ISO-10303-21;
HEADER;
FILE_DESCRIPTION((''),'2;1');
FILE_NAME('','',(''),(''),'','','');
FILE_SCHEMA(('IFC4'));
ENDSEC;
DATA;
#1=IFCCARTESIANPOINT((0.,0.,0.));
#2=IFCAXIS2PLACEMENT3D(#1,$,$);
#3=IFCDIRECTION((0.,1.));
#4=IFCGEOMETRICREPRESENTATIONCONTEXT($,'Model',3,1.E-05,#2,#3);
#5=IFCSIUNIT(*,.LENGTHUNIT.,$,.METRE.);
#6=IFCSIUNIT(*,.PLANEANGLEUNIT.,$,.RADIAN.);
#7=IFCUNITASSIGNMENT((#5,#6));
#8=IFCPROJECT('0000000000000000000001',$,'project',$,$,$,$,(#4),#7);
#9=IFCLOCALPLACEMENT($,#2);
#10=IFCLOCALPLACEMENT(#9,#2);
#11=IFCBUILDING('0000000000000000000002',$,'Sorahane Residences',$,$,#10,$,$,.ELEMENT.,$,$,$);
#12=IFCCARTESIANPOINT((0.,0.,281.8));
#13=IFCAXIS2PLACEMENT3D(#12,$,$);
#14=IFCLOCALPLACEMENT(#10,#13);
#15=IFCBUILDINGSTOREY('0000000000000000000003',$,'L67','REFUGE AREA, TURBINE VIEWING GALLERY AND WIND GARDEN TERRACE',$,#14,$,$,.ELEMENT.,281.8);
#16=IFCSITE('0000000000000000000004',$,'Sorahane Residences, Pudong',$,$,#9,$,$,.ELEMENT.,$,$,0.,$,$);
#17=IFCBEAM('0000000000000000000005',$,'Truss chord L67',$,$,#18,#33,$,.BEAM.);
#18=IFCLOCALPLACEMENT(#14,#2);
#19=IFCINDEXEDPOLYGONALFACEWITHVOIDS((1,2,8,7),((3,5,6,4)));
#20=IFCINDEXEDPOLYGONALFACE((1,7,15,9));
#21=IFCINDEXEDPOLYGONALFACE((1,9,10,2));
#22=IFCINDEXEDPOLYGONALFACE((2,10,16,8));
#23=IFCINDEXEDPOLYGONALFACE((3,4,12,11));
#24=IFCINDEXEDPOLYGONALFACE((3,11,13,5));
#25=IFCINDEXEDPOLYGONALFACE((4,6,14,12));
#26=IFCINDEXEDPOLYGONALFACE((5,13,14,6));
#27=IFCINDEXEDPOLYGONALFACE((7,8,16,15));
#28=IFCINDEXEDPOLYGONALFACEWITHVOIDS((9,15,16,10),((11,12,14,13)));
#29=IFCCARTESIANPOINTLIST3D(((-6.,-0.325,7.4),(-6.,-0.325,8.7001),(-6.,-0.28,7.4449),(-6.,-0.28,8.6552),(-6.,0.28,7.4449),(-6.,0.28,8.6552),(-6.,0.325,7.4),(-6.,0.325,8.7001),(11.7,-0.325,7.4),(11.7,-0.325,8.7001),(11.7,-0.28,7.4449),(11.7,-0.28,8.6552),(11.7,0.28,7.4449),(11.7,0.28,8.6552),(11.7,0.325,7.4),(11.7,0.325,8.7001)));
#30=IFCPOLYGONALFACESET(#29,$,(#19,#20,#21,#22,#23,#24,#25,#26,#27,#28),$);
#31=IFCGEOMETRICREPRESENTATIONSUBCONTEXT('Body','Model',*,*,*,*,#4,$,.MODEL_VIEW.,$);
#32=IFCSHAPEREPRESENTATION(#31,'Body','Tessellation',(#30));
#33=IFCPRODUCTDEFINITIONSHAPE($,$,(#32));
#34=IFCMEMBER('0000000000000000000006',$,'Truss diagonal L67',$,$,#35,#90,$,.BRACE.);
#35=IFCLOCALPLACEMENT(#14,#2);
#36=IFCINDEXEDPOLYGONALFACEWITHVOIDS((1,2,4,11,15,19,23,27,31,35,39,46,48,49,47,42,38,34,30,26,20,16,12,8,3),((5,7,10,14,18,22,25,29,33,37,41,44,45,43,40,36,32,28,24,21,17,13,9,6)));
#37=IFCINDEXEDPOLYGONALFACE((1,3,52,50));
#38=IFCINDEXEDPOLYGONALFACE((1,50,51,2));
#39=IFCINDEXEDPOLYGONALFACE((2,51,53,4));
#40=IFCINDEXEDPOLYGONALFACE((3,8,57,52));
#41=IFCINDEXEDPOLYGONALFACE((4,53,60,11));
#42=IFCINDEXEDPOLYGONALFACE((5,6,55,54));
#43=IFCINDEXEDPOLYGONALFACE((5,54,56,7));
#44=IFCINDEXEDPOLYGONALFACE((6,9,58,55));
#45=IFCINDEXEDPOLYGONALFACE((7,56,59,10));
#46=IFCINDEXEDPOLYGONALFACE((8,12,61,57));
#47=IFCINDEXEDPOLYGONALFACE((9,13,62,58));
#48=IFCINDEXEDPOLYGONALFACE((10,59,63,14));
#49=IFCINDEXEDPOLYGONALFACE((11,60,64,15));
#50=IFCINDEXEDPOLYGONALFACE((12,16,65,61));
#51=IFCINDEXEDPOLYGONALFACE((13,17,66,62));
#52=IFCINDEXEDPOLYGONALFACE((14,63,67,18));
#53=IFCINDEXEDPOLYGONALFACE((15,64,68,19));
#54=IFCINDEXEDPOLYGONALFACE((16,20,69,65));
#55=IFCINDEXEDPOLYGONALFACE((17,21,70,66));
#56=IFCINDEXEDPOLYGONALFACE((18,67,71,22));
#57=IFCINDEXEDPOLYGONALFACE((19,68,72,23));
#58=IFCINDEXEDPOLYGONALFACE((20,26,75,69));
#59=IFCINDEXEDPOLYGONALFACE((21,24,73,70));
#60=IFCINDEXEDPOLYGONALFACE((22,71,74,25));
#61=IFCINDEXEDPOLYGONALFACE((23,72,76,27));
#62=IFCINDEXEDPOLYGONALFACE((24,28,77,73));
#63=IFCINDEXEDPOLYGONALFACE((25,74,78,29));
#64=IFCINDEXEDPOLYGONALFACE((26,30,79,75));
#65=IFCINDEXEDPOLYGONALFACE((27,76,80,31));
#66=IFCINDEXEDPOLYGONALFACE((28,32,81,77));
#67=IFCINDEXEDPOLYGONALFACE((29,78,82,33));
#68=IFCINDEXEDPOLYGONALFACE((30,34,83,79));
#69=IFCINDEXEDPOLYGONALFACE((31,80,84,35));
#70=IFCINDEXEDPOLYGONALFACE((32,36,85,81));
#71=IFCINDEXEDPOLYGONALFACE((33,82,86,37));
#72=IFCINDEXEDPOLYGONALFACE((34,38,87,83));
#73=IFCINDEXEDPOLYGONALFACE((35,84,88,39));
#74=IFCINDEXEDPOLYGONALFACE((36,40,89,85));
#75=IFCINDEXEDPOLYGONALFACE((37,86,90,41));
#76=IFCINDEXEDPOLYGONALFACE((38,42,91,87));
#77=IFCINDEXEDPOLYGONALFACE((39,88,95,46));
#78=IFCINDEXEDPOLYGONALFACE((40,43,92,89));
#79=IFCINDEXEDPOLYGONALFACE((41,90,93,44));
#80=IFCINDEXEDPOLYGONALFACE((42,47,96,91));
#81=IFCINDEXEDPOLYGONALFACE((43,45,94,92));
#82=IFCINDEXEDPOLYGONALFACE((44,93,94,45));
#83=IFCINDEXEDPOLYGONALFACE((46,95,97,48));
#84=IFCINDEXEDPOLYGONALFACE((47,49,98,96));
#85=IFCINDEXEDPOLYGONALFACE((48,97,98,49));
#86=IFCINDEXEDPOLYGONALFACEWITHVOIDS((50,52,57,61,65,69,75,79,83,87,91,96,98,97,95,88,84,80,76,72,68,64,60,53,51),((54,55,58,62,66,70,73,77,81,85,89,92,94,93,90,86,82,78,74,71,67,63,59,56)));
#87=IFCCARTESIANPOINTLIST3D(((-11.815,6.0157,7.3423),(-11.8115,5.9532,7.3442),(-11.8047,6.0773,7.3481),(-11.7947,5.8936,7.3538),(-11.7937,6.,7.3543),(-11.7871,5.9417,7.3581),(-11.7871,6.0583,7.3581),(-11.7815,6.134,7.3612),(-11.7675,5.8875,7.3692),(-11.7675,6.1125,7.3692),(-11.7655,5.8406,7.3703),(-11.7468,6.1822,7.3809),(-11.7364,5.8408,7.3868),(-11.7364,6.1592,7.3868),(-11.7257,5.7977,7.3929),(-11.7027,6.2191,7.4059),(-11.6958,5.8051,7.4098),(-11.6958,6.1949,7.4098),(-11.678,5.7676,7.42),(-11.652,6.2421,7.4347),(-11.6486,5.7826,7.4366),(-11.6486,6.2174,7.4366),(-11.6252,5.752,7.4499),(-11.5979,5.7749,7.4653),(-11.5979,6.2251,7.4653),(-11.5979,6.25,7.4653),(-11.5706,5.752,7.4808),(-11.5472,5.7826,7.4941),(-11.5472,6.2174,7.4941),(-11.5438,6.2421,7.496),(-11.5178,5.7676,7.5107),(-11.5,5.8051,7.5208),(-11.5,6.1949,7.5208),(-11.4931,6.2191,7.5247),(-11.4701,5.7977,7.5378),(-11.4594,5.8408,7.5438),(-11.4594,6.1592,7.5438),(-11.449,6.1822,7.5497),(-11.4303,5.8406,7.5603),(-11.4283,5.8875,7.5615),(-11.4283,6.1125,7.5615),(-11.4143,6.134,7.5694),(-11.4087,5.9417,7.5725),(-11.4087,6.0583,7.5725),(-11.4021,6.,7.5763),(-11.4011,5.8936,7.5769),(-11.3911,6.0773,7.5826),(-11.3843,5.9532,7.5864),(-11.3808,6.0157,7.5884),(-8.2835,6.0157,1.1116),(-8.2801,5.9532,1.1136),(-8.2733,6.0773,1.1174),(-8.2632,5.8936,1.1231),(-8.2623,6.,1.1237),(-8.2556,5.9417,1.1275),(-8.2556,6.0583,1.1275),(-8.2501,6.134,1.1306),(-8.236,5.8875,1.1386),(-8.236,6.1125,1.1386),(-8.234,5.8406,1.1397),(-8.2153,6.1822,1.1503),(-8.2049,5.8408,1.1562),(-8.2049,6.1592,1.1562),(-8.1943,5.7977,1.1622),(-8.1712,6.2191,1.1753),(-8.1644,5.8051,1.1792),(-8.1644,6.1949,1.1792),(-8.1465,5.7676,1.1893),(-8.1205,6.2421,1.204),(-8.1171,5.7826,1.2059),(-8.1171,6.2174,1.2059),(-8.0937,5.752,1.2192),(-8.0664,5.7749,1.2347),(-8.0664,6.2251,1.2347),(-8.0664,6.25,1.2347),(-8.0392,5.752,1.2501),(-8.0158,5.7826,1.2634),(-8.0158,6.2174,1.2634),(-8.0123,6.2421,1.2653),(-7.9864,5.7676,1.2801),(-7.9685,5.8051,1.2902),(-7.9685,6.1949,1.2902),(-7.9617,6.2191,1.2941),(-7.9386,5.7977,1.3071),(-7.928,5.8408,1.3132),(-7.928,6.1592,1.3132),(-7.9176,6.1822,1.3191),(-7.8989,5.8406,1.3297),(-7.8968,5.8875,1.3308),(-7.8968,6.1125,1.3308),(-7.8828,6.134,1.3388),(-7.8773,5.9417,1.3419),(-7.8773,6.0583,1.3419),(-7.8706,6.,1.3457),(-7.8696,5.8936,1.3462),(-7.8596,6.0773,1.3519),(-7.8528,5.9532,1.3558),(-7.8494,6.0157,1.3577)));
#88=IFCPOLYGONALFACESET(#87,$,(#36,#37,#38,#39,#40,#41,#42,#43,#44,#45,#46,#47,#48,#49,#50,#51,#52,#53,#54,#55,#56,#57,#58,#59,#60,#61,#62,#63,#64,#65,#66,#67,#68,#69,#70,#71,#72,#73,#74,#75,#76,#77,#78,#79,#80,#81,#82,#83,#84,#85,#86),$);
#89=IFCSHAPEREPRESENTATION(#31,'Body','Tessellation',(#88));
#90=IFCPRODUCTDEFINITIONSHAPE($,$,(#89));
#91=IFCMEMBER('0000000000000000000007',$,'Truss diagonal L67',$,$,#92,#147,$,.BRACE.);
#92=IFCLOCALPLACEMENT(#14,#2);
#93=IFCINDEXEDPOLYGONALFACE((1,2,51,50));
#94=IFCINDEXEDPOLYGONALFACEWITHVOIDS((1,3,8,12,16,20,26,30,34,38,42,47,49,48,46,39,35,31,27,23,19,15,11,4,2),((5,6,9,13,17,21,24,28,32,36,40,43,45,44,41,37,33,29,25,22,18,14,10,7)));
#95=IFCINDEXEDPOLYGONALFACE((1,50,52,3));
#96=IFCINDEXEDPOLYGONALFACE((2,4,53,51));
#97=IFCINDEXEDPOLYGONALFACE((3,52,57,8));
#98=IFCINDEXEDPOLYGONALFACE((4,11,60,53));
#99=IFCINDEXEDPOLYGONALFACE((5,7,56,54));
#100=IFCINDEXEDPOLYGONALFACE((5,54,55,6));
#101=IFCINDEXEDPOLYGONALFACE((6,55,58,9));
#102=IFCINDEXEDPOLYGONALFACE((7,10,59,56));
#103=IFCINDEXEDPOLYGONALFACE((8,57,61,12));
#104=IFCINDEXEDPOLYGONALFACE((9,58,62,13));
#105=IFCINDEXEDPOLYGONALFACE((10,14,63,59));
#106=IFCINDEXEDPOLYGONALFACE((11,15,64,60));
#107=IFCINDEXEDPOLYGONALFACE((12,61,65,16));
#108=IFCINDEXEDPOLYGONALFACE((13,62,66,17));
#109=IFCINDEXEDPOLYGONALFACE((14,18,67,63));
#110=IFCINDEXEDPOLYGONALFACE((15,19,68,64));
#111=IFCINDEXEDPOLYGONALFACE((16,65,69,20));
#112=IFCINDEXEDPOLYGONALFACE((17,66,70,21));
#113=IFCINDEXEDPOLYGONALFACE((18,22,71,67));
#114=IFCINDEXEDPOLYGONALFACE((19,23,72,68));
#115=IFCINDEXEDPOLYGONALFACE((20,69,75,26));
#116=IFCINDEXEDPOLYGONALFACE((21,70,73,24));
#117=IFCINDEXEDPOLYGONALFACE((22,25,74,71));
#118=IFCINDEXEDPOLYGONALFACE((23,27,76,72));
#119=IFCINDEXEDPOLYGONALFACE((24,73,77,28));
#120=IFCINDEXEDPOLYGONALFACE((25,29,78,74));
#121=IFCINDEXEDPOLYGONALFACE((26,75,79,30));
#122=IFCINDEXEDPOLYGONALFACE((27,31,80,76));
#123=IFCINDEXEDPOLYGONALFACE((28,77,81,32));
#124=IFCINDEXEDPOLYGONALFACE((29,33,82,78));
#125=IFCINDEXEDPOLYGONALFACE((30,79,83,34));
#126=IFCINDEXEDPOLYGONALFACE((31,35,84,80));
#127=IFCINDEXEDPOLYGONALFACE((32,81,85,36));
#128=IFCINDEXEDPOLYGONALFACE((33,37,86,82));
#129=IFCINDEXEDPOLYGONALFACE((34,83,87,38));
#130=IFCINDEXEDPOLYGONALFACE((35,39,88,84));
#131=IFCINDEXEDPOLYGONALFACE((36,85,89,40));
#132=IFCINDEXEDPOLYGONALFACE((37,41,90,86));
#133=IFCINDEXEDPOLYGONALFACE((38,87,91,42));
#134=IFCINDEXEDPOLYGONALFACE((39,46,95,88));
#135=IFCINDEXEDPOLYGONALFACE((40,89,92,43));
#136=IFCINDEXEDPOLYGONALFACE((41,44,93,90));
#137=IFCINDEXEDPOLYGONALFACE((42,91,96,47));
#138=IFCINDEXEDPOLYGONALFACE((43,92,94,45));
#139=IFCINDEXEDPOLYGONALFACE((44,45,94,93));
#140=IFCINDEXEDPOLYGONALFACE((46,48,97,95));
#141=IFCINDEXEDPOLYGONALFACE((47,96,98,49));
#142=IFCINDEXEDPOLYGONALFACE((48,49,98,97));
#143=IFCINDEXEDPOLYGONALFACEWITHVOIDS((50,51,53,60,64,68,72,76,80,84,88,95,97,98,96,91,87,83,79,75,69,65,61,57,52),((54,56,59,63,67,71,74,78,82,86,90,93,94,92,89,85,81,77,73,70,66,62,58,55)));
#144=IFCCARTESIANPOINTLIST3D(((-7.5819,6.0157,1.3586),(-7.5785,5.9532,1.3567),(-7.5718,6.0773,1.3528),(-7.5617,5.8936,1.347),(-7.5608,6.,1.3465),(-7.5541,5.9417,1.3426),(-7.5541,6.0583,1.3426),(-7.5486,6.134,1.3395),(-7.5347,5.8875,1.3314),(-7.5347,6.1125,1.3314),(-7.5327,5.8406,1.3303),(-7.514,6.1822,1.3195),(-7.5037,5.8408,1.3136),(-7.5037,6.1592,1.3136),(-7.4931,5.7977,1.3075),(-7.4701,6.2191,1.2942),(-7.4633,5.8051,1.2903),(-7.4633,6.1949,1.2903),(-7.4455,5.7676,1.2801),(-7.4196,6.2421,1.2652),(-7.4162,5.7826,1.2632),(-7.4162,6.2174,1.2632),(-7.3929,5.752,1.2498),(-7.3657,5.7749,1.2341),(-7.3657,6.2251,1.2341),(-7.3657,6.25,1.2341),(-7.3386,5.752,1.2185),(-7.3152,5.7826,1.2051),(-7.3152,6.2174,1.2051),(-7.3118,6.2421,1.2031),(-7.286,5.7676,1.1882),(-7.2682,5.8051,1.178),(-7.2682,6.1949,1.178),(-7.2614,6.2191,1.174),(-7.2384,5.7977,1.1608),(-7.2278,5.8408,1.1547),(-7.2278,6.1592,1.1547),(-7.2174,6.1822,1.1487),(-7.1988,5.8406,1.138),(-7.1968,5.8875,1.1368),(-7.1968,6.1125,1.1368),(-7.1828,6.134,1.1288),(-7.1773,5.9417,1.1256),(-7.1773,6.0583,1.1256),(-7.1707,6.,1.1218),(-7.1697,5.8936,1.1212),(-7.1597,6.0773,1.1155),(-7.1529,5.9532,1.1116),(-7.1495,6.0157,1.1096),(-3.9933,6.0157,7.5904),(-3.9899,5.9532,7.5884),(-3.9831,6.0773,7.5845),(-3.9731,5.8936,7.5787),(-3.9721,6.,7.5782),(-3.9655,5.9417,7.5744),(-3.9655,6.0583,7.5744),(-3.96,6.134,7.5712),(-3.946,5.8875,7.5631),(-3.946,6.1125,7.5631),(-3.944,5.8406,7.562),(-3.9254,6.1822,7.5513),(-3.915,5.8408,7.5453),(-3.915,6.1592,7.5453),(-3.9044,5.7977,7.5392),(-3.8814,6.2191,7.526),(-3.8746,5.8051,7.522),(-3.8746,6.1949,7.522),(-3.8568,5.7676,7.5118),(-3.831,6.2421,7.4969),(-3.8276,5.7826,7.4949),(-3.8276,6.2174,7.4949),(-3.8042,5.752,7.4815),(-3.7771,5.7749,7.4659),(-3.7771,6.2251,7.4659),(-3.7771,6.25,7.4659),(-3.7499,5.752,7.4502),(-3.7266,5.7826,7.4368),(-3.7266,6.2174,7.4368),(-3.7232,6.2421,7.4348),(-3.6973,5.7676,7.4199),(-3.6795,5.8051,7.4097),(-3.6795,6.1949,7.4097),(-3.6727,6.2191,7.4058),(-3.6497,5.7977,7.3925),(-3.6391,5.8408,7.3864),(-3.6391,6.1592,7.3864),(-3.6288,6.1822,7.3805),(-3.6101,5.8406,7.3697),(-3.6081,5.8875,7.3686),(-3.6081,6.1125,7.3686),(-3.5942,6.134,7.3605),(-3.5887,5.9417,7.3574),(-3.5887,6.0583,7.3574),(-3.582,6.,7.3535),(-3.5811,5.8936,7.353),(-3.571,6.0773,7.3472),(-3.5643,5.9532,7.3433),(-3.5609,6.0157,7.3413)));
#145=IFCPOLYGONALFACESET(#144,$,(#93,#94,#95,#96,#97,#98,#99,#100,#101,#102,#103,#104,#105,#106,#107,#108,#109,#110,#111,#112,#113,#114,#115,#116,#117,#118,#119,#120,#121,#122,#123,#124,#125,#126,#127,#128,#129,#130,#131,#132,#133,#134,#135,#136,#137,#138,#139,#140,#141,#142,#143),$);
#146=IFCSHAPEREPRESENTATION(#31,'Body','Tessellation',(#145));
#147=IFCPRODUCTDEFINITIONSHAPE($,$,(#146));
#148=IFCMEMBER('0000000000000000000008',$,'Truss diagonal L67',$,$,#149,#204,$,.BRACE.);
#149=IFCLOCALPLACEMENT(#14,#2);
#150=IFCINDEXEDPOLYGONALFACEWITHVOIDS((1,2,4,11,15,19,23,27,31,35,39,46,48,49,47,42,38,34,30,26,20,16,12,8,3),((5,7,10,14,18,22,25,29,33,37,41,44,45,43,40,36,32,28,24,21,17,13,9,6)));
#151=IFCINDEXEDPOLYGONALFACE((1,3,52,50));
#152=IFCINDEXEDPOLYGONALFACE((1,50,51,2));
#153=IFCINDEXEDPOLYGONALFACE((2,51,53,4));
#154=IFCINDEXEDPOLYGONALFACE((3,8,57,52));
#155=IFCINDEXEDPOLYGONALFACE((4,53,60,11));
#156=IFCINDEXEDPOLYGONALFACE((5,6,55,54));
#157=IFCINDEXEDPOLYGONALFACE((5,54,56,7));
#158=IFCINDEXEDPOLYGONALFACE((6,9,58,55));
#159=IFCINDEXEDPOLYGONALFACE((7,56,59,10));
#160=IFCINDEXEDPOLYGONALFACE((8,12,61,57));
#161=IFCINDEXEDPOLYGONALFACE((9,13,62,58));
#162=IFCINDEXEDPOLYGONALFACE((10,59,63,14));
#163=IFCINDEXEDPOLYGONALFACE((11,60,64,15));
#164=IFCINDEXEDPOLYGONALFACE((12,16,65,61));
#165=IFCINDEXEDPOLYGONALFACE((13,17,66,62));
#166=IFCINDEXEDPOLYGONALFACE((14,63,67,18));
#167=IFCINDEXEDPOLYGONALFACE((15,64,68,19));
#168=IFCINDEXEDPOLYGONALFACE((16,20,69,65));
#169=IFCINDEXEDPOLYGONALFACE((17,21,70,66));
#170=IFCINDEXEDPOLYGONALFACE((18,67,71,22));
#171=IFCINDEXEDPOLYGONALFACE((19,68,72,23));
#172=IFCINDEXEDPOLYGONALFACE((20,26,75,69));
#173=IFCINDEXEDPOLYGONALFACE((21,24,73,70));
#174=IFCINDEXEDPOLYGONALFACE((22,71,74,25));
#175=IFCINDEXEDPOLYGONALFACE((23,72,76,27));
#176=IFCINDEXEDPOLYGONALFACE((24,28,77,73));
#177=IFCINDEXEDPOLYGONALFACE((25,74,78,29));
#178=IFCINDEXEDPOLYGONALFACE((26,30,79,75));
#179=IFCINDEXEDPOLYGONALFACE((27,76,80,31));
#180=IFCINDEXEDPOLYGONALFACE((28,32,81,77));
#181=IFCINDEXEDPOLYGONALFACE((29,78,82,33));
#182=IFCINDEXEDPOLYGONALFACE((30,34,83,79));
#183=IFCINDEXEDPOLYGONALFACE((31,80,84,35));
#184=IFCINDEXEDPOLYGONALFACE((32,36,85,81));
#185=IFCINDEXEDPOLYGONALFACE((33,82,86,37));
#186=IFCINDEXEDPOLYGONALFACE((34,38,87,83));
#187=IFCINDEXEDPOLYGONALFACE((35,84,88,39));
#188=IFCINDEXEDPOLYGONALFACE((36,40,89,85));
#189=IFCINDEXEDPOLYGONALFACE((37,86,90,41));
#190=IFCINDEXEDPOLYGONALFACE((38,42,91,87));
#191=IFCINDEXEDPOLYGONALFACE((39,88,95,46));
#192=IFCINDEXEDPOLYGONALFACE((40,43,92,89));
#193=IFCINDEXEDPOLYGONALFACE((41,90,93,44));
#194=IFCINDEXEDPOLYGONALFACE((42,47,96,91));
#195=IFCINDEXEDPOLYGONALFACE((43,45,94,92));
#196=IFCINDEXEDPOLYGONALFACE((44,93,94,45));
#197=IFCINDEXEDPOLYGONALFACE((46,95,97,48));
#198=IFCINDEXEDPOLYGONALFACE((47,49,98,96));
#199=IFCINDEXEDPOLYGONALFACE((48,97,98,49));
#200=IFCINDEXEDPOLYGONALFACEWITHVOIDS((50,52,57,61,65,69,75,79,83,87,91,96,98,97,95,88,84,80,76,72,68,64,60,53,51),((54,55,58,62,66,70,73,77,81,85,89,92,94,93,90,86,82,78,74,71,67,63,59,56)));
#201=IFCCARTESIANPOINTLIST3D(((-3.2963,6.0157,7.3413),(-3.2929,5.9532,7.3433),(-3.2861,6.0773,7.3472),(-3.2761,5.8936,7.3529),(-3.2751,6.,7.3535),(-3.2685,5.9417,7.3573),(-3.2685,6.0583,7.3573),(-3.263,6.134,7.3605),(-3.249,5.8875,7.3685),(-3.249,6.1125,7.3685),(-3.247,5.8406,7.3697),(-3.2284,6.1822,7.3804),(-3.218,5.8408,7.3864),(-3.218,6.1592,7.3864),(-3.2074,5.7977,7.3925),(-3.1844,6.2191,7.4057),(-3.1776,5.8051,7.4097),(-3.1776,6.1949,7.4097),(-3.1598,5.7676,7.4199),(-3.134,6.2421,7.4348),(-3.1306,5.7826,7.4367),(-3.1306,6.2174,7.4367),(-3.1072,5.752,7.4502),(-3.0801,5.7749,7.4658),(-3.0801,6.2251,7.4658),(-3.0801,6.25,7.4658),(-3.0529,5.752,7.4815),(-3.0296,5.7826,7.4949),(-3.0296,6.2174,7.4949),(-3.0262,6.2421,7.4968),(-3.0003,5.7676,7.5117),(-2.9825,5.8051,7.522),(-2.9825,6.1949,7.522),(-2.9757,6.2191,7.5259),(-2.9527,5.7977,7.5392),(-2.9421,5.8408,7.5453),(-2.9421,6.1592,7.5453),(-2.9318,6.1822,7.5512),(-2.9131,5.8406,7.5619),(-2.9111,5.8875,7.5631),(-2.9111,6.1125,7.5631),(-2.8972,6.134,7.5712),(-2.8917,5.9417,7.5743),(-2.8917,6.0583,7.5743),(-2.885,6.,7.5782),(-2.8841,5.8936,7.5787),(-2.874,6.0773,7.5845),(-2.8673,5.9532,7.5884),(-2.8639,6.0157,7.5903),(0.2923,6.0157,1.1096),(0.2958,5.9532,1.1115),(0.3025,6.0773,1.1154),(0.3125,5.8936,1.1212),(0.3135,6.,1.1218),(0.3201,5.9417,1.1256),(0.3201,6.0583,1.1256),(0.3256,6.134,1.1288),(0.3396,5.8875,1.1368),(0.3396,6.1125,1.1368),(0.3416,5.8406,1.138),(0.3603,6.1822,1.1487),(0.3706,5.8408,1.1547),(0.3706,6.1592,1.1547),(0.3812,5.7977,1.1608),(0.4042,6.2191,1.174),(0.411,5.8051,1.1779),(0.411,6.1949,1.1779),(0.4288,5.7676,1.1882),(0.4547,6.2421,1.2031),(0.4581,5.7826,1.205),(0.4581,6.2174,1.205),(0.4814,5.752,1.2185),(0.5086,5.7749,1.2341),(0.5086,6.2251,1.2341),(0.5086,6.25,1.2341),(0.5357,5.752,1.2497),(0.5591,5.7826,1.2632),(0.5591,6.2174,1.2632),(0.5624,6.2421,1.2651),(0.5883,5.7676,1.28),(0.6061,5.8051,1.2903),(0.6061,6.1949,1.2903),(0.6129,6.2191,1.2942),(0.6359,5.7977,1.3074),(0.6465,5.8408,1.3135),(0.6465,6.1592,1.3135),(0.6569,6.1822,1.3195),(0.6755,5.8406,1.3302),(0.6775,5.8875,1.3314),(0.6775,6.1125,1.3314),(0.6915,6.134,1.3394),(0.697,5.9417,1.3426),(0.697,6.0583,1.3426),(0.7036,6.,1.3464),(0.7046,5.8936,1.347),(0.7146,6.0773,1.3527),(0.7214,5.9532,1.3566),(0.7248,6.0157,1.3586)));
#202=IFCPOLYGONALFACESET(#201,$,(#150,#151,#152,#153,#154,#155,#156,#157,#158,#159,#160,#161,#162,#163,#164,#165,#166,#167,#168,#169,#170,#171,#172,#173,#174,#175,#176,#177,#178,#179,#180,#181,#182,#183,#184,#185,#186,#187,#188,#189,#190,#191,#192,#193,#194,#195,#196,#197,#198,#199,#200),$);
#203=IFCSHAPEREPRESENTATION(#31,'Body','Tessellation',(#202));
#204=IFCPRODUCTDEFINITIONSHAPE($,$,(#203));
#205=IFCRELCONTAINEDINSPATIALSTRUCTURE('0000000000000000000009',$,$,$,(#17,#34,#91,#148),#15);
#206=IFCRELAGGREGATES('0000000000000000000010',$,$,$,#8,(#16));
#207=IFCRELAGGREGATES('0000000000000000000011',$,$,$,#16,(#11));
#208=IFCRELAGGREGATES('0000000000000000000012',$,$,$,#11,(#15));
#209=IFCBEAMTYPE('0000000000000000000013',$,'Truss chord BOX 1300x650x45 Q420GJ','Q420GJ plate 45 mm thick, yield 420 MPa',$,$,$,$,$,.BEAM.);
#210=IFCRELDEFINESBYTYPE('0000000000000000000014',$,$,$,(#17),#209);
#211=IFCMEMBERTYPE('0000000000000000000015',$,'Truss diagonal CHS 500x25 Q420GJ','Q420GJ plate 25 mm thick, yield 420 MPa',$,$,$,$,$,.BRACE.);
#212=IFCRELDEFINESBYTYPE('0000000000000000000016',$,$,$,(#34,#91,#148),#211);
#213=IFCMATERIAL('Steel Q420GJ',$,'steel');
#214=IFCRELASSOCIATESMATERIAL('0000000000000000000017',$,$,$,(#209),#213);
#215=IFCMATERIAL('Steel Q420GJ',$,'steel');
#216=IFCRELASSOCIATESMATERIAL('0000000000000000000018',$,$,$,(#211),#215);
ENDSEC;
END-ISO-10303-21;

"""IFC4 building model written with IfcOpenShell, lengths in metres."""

from ifc_helpers import new_model, si_unit, direction, frame, origin, origin_2d, place, context, subcontext, project, spatial, hollow_rectangle, hollow_circle, extrude, material, material_profile, profile_set, type_object, element, save


model = new_model("IFC4")

# Units and contexts
model_context = context("Model", 3, precision=1e-05, world=origin(), true_north=direction((0.0, 1.0)))
body_context = subcontext(model_context, "Body", "Model", "MODEL_VIEW")
ifc_project = project(units=[si_unit("LENGTHUNIT", "METRE"), si_unit("PLANEANGLEUNIT", "RADIAN")], contexts=[model_context])

# Site, building, storey
site_placement = place(None, origin())
site = spatial("IfcSite", under=ifc_project, at=site_placement, Name="Sorahane Residences, Pudong", CompositionType="ELEMENT", RefElevation=0.0)
building_placement = place(site_placement, origin())
building = spatial("IfcBuilding", under=site, at=building_placement, Name="Sorahane Residences", CompositionType="ELEMENT")
storey_placement = place(building_placement, frame((0.0, 0.0, 281.8)))
storey = spatial("IfcBuildingStorey", under=building, at=storey_placement, Name="L67", Description="REFUGE AREA, TURBINE VIEWING GALLERY AND WIND GARDEN TERRACE", CompositionType="ELEMENT", Elevation=281.8)

# Beam
ifc_material_1 = material(Name="Steel Q420GJ", Category="steel")
ifc_material_profile_1 = material_profile(ifc_material_1, hollow_rectangle(XDim=0.6499, YDim=1.3, WallThickness=0.0449, at=origin_2d()), Name="BOX 1300x650x45")
ifc_profile_set_1 = profile_set([ifc_material_profile_1], Name="Steel Q420GJ")
beam_type_1 = type_object("IfcBeamType", Name="Truss chord BOX 1300x650x45 Q420GJ", Description="Q420GJ plate 45 mm thick, yield 420 MPa", PredefinedType="BEAM", material=ifc_profile_set_1)
beam_1_placement = place(storey_placement, frame((-6.0, 0.0, 8.05), z_axis=(1.0, 0.0, 0.0), x_axis=(0.0, 1.0, 0.0)))
element("IfcBeam", 1, at=beam_1_placement, inside=storey, type_object=beam_type_1, Name="Truss chord L67", PredefinedType="BEAM", context=body_context, shape_type="SweptSolid", body=[
    extrude(hollow_rectangle(XDim=0.6499, YDim=1.3, WallThickness=0.0449, at=origin_2d()), origin(), (0.0, 0.0, 1.0), 17.7),
])

# Members
ifc_material_2 = material(Name="Steel Q420GJ", Category="steel")
ifc_material_profile_2 = material_profile(ifc_material_2, hollow_circle(Radius=0.25, WallThickness=0.0249, at=origin_2d()), Name="CHS 500x25")
ifc_profile_set_2 = profile_set([ifc_material_profile_2], Name="Steel Q420GJ")
member_type = type_object("IfcMemberType", Name="Truss diagonal CHS 500x25 Q420GJ", Description="Q420GJ plate 25 mm thick, yield 420 MPa", PredefinedType="BRACE", material=ifc_profile_set_2)
member_1_placement = place(storey_placement, frame((-11.5979, 6.0, 7.4653), z_axis=(0.493093, 0.0, -0.869977), x_axis=(0.0, 1.0, 0.0)))
element("IfcMember", 2, at=member_1_placement, inside=storey, type_object=member_type, Name="Truss diagonal L67", PredefinedType="BRACE", context=body_context, shape_type="SweptSolid", body=[
    extrude(hollow_circle(Radius=0.25, WallThickness=0.0249, at=origin_2d()), origin(), (0.0, 0.0, 1.0), 7.1619),
])
for number, where, z_axis, x_axis, name in (
    (3, (-7.3657, 6.0, 1.2341), (0.499036, 0.0, 0.866582), (0.0, 1.0, 0.0), "Truss diagonal L67"),
    (4, (-3.0801, 6.0, 7.4658), (0.499036, 0.0, -0.866582), (0.0, 1.0, 0.0), "Truss diagonal L67"),
):
    element("IfcMember", number, at=place(storey_placement, frame(where, z_axis=z_axis, x_axis=x_axis)), inside=storey, type_object=member_type, Name=name, PredefinedType="BRACE", context=body_context, shape_type="SweptSolid", body=[
        extrude(hollow_circle(Radius=0.25, WallThickness=0.0249, at=origin_2d()), origin(), (0.0, 0.0, 1.0), 7.1912),
    ])

save(model, "model.ifc")
